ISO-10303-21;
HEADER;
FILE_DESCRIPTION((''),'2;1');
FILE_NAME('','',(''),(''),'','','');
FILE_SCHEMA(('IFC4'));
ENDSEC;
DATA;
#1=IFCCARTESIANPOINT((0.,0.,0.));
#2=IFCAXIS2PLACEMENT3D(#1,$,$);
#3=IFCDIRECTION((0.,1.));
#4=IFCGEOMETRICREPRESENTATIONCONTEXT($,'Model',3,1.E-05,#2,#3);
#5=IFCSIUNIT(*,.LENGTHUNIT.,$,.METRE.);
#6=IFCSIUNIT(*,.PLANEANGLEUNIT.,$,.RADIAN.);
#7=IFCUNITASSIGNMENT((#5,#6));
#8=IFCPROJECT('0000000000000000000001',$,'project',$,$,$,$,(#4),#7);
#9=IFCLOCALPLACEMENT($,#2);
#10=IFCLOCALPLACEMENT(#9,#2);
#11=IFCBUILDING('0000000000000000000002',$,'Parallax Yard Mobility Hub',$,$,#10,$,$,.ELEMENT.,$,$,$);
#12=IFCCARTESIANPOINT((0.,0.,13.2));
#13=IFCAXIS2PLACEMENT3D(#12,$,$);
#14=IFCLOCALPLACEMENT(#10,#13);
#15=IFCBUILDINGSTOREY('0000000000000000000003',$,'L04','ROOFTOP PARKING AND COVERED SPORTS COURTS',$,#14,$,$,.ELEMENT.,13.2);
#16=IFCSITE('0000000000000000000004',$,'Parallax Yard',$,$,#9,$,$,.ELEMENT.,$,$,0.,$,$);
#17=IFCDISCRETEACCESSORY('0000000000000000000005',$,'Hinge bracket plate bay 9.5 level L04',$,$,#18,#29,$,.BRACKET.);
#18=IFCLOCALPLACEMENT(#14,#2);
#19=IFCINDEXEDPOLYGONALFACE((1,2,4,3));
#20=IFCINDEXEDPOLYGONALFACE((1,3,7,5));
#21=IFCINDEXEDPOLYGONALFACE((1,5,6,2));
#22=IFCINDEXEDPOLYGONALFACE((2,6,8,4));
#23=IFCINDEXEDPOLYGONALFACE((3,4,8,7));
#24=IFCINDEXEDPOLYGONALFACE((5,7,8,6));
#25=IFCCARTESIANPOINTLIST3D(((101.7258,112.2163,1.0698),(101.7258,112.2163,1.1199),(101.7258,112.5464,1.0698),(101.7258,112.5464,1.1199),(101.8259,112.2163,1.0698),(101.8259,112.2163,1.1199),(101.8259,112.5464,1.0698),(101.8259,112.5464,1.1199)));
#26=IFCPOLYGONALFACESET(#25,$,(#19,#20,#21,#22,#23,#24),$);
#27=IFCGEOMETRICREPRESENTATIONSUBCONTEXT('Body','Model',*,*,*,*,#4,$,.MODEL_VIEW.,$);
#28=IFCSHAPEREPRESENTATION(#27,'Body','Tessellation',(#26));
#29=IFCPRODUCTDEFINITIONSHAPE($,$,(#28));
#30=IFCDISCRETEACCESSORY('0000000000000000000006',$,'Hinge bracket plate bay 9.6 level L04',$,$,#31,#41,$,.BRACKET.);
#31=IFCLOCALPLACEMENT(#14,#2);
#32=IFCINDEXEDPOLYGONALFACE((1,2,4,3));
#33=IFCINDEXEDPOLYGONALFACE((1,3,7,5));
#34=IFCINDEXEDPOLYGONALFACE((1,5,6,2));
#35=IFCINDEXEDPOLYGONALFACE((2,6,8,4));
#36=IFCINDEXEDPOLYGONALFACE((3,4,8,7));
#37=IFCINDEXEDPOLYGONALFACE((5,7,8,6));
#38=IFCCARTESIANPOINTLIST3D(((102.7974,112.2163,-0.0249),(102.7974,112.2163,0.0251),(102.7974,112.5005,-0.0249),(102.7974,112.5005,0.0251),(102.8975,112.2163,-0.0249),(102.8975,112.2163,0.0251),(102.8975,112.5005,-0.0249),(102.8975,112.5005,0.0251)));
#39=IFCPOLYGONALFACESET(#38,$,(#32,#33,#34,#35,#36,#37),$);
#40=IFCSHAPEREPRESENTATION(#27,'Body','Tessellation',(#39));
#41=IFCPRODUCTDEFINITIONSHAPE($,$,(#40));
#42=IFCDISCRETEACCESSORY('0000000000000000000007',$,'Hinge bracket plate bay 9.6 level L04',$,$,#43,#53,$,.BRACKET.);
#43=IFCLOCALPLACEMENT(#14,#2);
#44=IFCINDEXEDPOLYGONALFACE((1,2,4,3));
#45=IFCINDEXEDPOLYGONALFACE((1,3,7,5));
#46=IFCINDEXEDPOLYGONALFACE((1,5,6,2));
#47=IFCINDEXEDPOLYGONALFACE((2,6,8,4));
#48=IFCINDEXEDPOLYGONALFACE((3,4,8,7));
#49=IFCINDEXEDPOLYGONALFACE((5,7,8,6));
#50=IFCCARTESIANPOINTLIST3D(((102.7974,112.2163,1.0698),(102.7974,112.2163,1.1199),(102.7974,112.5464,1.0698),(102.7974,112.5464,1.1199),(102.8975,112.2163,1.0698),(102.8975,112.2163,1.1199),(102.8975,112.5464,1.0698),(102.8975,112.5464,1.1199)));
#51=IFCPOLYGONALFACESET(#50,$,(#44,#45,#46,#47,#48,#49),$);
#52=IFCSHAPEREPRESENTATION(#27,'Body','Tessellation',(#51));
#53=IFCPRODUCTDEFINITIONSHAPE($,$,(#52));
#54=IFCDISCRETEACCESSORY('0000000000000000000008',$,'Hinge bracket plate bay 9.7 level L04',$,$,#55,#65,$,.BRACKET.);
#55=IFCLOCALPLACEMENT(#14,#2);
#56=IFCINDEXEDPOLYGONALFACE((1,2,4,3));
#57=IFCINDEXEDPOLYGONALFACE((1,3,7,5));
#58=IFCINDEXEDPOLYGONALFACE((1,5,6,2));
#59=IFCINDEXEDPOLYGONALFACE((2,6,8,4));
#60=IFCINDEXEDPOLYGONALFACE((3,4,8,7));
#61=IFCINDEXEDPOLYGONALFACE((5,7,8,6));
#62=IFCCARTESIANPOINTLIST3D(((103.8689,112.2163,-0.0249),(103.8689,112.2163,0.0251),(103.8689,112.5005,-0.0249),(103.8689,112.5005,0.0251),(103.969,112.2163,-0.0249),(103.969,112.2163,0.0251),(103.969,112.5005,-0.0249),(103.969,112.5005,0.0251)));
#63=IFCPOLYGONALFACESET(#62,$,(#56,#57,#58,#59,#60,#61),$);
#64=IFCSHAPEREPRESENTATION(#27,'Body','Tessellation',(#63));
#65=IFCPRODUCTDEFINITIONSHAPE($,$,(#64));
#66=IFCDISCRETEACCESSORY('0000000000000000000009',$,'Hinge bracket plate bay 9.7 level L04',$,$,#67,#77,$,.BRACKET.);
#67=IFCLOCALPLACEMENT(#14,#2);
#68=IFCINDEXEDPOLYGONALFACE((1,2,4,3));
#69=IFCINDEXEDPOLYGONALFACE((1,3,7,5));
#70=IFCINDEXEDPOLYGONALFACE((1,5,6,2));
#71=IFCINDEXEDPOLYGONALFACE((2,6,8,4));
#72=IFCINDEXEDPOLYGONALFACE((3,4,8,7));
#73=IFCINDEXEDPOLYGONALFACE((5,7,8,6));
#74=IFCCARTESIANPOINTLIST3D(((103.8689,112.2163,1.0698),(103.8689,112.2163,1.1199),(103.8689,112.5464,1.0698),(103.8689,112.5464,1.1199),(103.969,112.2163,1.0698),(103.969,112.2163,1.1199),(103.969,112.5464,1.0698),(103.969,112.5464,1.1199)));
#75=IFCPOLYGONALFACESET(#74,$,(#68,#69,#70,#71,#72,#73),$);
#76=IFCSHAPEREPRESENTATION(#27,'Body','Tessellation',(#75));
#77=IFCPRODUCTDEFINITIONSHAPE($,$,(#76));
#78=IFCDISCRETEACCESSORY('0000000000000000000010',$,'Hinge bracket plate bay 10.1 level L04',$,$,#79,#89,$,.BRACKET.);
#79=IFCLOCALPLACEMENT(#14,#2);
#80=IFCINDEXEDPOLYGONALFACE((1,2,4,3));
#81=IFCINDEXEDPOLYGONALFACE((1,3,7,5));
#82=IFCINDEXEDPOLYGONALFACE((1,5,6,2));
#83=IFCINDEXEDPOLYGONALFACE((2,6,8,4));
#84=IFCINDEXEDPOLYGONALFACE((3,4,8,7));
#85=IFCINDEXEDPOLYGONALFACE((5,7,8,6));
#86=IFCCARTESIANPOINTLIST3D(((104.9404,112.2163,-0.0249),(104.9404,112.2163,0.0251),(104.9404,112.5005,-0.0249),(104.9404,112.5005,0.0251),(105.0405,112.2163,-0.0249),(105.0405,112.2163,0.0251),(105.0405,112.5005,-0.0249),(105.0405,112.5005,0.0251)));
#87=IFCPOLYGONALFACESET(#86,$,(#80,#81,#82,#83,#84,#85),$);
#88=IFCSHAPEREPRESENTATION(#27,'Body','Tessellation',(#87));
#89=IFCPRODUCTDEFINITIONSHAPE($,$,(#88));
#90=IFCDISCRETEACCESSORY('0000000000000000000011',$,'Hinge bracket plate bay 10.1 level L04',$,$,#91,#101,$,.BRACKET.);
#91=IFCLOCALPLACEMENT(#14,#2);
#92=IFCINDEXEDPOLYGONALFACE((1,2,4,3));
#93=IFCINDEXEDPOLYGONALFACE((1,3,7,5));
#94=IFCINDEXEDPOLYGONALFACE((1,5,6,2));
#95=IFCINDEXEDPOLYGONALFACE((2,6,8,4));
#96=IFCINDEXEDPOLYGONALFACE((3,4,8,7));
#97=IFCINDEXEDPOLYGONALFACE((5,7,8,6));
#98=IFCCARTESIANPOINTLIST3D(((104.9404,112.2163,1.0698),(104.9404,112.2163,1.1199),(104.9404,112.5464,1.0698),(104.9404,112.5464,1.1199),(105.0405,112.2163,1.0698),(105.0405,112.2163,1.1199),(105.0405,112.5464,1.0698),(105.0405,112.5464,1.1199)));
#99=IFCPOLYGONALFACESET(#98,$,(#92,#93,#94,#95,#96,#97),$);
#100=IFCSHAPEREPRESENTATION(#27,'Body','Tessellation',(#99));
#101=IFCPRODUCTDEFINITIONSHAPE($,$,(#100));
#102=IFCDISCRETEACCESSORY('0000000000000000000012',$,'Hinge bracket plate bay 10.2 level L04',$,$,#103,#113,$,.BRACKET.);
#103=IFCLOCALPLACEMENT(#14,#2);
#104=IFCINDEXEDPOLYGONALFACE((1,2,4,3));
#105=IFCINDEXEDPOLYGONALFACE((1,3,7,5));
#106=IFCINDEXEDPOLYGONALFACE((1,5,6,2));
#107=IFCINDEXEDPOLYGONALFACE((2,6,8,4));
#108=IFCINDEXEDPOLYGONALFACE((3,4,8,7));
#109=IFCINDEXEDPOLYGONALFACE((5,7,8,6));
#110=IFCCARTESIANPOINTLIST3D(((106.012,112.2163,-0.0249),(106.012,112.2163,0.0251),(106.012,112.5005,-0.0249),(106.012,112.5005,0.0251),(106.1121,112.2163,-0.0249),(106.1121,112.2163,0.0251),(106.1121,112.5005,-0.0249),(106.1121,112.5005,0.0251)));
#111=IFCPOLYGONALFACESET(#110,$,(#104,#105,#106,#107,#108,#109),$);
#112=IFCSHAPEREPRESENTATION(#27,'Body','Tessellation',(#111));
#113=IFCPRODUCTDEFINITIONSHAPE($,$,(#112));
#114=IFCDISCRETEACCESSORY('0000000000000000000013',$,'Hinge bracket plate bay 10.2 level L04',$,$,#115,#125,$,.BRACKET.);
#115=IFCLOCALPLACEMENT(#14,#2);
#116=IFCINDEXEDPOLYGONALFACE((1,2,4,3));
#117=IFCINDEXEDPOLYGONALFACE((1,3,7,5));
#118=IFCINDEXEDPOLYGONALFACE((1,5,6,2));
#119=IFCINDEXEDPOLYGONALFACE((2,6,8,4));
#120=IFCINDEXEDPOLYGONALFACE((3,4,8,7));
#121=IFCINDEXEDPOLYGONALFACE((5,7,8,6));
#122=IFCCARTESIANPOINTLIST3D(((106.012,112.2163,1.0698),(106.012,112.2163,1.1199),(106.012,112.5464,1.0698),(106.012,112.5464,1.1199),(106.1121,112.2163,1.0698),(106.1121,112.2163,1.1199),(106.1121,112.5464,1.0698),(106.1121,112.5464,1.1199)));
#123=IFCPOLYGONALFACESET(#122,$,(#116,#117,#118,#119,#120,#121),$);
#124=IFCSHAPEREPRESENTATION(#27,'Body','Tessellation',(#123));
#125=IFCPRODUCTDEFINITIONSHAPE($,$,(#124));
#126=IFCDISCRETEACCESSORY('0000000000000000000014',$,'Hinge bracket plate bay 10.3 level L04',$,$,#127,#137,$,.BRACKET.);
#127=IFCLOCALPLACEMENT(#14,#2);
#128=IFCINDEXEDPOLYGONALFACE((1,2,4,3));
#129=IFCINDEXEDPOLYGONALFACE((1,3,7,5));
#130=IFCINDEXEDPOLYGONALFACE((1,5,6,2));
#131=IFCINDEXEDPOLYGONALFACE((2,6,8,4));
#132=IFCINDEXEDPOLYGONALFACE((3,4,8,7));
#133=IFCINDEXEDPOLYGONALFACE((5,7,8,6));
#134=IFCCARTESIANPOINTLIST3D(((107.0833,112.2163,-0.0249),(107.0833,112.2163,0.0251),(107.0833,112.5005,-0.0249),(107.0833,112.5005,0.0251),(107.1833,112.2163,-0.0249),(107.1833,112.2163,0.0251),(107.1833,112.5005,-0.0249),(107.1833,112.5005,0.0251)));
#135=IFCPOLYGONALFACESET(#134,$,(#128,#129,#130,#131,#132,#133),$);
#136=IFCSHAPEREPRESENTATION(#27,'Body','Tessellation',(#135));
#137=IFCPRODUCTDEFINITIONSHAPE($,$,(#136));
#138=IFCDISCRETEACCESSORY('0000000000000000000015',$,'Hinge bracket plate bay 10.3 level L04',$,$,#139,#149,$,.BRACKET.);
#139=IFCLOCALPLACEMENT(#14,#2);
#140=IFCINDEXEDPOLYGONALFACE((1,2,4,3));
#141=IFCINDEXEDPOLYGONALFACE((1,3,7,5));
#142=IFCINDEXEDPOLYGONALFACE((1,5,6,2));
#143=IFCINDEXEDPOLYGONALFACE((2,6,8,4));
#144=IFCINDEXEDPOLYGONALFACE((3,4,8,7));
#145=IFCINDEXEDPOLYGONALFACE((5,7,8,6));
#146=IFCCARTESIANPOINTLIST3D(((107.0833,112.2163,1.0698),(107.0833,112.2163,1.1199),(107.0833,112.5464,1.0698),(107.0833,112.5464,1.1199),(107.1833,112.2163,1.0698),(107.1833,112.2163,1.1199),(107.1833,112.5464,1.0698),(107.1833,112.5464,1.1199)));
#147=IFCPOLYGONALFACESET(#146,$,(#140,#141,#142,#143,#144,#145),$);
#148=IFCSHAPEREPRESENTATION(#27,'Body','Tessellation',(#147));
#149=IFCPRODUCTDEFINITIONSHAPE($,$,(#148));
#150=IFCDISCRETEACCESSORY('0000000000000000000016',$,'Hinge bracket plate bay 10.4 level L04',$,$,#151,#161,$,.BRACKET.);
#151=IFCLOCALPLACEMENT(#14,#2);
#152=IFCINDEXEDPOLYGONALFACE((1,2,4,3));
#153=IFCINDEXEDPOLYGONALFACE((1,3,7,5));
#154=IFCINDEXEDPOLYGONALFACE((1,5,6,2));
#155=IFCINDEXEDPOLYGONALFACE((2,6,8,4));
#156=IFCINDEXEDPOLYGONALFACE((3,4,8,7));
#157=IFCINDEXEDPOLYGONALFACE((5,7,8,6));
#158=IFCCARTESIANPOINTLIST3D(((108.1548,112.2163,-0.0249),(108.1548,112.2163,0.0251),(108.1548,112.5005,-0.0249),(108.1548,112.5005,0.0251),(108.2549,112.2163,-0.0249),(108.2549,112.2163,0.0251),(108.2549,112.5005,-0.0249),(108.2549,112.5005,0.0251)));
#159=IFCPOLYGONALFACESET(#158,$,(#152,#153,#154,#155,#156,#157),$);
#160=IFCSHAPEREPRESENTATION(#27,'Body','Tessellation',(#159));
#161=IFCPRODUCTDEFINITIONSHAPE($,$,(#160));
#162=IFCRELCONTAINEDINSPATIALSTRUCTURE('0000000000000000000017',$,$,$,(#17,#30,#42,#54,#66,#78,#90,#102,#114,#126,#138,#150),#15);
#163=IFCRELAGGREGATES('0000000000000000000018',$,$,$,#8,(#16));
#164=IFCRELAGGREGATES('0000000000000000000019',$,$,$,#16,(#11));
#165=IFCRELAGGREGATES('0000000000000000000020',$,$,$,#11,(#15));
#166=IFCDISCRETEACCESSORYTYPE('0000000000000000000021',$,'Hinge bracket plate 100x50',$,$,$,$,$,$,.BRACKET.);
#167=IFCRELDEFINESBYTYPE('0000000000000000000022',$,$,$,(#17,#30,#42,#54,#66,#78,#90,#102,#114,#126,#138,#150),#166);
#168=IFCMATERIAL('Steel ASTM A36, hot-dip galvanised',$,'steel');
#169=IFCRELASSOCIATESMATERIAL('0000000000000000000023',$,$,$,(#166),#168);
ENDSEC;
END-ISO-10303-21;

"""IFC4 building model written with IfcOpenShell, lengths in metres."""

from ifc_helpers import new_model, si_unit, direction, frame, origin, origin_2d, place, context, subcontext, project, spatial, rectangle, extrude, material, type_object, element, save


model = new_model("IFC4")

# Units and contexts
model_context = context("Model", 3, precision=1e-05, world=origin(), true_north=direction((0.0, 1.0)))
body_context = subcontext(model_context, "Body", "Model", "MODEL_VIEW")
ifc_project = project(units=[si_unit("LENGTHUNIT", "METRE"), si_unit("PLANEANGLEUNIT", "RADIAN")], contexts=[model_context])

# Site, building, storey
site_placement = place(None, origin())
site = spatial("IfcSite", under=ifc_project, at=site_placement, Name="Parallax Yard", CompositionType="ELEMENT", RefElevation=0.0)
building_placement = place(site_placement, origin())
building = spatial("IfcBuilding", under=site, at=building_placement, Name="Parallax Yard Mobility Hub", CompositionType="ELEMENT")
storey_placement = place(building_placement, frame((0.0, 0.0, 13.2)))
storey = spatial("IfcBuildingStorey", under=building, at=storey_placement, Name="L04", Description="ROOFTOP PARKING AND COVERED SPORTS COURTS", CompositionType="ELEMENT", Elevation=13.2)

# Discrete accessories
ifc_material_1 = material(Name="Steel ASTM A36, hot-dip galvanised", Category="steel")
discrete_accessory_type_1 = type_object("IfcDiscreteAccessoryType", Name="Hinge bracket plate 100x50", PredefinedType="BRACKET", material=ifc_material_1)
discrete_accessory_1_placement = place(storey_placement, frame((101.7759, 112.3813, 1.0698), z_axis=(0.0, 0.0, 1.0), x_axis=(0.0, -1.0, 0.0)))
element("IfcDiscreteAccessory", 1, at=discrete_accessory_1_placement, inside=storey, type_object=discrete_accessory_type_1, Name="Hinge bracket plate bay 9.5 level L04", PredefinedType="BRACKET", context=body_context, shape_type="SweptSolid", body=[
    extrude(rectangle(XDim=0.3301, YDim=0.1001, at=origin_2d()), origin(), (0.0, 0.0, 1.0), 0.05),
])
discrete_accessory_2_placement = place(storey_placement, frame((102.8474, 112.3584, -0.0249), z_axis=(0.0, 0.0, 1.0), x_axis=(0.0, -1.0, 0.0)))
element("IfcDiscreteAccessory", 2, at=discrete_accessory_2_placement, inside=storey, type_object=discrete_accessory_type_1, Name="Hinge bracket plate bay 9.6 level L04", PredefinedType="BRACKET", context=body_context, shape_type="SweptSolid", body=[
    extrude(rectangle(XDim=0.2842, YDim=0.1001, at=origin_2d()), origin(), (0.0, 0.0, 1.0), 0.05),
])
discrete_accessory_3_placement = place(storey_placement, frame((102.8474, 112.3813, 1.0698), z_axis=(0.0, 0.0, 1.0), x_axis=(0.0, -1.0, 0.0)))
element("IfcDiscreteAccessory", 3, at=discrete_accessory_3_placement, inside=storey, type_object=discrete_accessory_type_1, Name="Hinge bracket plate bay 9.6 level L04", PredefinedType="BRACKET", context=body_context, shape_type="SweptSolid", body=[
    extrude(rectangle(XDim=0.3301, YDim=0.1001, at=origin_2d()), origin(), (0.0, 0.0, 1.0), 0.05),
])
discrete_accessory_4_placement = place(storey_placement, frame((103.9189, 112.3584, -0.0249), z_axis=(0.0, 0.0, 1.0), x_axis=(0.0, -1.0, 0.0)))
element("IfcDiscreteAccessory", 4, at=discrete_accessory_4_placement, inside=storey, type_object=discrete_accessory_type_1, Name="Hinge bracket plate bay 9.7 level L04", PredefinedType="BRACKET", context=body_context, shape_type="SweptSolid", body=[
    extrude(rectangle(XDim=0.2842, YDim=0.1001, at=origin_2d()), origin(), (0.0, 0.0, 1.0), 0.05),
])
discrete_accessory_5_placement = place(storey_placement, frame((103.9189, 112.3813, 1.0698), z_axis=(0.0, 0.0, 1.0), x_axis=(0.0, -1.0, 0.0)))
element("IfcDiscreteAccessory", 5, at=discrete_accessory_5_placement, inside=storey, type_object=discrete_accessory_type_1, Name="Hinge bracket plate bay 9.7 level L04", PredefinedType="BRACKET", context=body_context, shape_type="SweptSolid", body=[
    extrude(rectangle(XDim=0.3301, YDim=0.1001, at=origin_2d()), origin(), (0.0, 0.0, 1.0), 0.05),
])
discrete_accessory_6_placement = place(storey_placement, frame((104.9905, 112.3584, -0.0249), z_axis=(0.0, 0.0, 1.0), x_axis=(0.0, -1.0, 0.0)))
element("IfcDiscreteAccessory", 6, at=discrete_accessory_6_placement, inside=storey, type_object=discrete_accessory_type_1, Name="Hinge bracket plate bay 10.1 level L04", PredefinedType="BRACKET", context=body_context, shape_type="SweptSolid", body=[
    extrude(rectangle(XDim=0.2842, YDim=0.1001, at=origin_2d()), origin(), (0.0, 0.0, 1.0), 0.05),
])
discrete_accessory_7_placement = place(storey_placement, frame((104.9905, 112.3813, 1.0698), z_axis=(0.0, 0.0, 1.0), x_axis=(0.0, -1.0, 0.0)))
element("IfcDiscreteAccessory", 7, at=discrete_accessory_7_placement, inside=storey, type_object=discrete_accessory_type_1, Name="Hinge bracket plate bay 10.1 level L04", PredefinedType="BRACKET", context=body_context, shape_type="SweptSolid", body=[
    extrude(rectangle(XDim=0.3301, YDim=0.1001, at=origin_2d()), origin(), (0.0, 0.0, 1.0), 0.05),
])
discrete_accessory_8_placement = place(storey_placement, frame((106.062, 112.3584, -0.0249), z_axis=(0.0, 0.0, 1.0), x_axis=(0.0, -1.0, 0.0)))
element("IfcDiscreteAccessory", 8, at=discrete_accessory_8_placement, inside=storey, type_object=discrete_accessory_type_1, Name="Hinge bracket plate bay 10.2 level L04", PredefinedType="BRACKET", context=body_context, shape_type="SweptSolid", body=[
    extrude(rectangle(XDim=0.2842, YDim=0.1001, at=origin_2d()), origin(), (0.0, 0.0, 1.0), 0.05),
])
discrete_accessory_9_placement = place(storey_placement, frame((106.062, 112.3813, 1.0698), z_axis=(0.0, 0.0, 1.0), x_axis=(0.0, -1.0, 0.0)))
element("IfcDiscreteAccessory", 9, at=discrete_accessory_9_placement, inside=storey, type_object=discrete_accessory_type_1, Name="Hinge bracket plate bay 10.2 level L04", PredefinedType="BRACKET", context=body_context, shape_type="SweptSolid", body=[
    extrude(rectangle(XDim=0.3301, YDim=0.1001, at=origin_2d()), origin(), (0.0, 0.0, 1.0), 0.05),
])
discrete_accessory_10_placement = place(storey_placement, frame((107.1333, 112.3584, -0.0249), z_axis=(0.0, 0.0, 1.0), x_axis=(0.0, -1.0, 0.0)))
element("IfcDiscreteAccessory", 10, at=discrete_accessory_10_placement, inside=storey, type_object=discrete_accessory_type_1, Name="Hinge bracket plate bay 10.3 level L04", PredefinedType="BRACKET", context=body_context, shape_type="SweptSolid", body=[
    extrude(rectangle(XDim=0.2842, YDim=0.1001, at=origin_2d()), origin(), (0.0, 0.0, 1.0), 0.05),
])
discrete_accessory_11_placement = place(storey_placement, frame((107.1333, 112.3813, 1.0698), z_axis=(0.0, 0.0, 1.0), x_axis=(0.0, -1.0, 0.0)))
element("IfcDiscreteAccessory", 11, at=discrete_accessory_11_placement, inside=storey, type_object=discrete_accessory_type_1, Name="Hinge bracket plate bay 10.3 level L04", PredefinedType="BRACKET", context=body_context, shape_type="SweptSolid", body=[
    extrude(rectangle(XDim=0.3301, YDim=0.1001, at=origin_2d()), origin(), (0.0, 0.0, 1.0), 0.05),
])
discrete_accessory_12_placement = place(storey_placement, frame((108.2048, 112.3584, -0.0249), z_axis=(0.0, 0.0, 1.0), x_axis=(0.0, -1.0, 0.0)))
element("IfcDiscreteAccessory", 12, at=discrete_accessory_12_placement, inside=storey, type_object=discrete_accessory_type_1, Name="Hinge bracket plate bay 10.4 level L04", PredefinedType="BRACKET", context=body_context, shape_type="SweptSolid", body=[
    extrude(rectangle(XDim=0.2842, YDim=0.1001, at=origin_2d()), origin(), (0.0, 0.0, 1.0), 0.05),
])

save(model, "model.ifc")
